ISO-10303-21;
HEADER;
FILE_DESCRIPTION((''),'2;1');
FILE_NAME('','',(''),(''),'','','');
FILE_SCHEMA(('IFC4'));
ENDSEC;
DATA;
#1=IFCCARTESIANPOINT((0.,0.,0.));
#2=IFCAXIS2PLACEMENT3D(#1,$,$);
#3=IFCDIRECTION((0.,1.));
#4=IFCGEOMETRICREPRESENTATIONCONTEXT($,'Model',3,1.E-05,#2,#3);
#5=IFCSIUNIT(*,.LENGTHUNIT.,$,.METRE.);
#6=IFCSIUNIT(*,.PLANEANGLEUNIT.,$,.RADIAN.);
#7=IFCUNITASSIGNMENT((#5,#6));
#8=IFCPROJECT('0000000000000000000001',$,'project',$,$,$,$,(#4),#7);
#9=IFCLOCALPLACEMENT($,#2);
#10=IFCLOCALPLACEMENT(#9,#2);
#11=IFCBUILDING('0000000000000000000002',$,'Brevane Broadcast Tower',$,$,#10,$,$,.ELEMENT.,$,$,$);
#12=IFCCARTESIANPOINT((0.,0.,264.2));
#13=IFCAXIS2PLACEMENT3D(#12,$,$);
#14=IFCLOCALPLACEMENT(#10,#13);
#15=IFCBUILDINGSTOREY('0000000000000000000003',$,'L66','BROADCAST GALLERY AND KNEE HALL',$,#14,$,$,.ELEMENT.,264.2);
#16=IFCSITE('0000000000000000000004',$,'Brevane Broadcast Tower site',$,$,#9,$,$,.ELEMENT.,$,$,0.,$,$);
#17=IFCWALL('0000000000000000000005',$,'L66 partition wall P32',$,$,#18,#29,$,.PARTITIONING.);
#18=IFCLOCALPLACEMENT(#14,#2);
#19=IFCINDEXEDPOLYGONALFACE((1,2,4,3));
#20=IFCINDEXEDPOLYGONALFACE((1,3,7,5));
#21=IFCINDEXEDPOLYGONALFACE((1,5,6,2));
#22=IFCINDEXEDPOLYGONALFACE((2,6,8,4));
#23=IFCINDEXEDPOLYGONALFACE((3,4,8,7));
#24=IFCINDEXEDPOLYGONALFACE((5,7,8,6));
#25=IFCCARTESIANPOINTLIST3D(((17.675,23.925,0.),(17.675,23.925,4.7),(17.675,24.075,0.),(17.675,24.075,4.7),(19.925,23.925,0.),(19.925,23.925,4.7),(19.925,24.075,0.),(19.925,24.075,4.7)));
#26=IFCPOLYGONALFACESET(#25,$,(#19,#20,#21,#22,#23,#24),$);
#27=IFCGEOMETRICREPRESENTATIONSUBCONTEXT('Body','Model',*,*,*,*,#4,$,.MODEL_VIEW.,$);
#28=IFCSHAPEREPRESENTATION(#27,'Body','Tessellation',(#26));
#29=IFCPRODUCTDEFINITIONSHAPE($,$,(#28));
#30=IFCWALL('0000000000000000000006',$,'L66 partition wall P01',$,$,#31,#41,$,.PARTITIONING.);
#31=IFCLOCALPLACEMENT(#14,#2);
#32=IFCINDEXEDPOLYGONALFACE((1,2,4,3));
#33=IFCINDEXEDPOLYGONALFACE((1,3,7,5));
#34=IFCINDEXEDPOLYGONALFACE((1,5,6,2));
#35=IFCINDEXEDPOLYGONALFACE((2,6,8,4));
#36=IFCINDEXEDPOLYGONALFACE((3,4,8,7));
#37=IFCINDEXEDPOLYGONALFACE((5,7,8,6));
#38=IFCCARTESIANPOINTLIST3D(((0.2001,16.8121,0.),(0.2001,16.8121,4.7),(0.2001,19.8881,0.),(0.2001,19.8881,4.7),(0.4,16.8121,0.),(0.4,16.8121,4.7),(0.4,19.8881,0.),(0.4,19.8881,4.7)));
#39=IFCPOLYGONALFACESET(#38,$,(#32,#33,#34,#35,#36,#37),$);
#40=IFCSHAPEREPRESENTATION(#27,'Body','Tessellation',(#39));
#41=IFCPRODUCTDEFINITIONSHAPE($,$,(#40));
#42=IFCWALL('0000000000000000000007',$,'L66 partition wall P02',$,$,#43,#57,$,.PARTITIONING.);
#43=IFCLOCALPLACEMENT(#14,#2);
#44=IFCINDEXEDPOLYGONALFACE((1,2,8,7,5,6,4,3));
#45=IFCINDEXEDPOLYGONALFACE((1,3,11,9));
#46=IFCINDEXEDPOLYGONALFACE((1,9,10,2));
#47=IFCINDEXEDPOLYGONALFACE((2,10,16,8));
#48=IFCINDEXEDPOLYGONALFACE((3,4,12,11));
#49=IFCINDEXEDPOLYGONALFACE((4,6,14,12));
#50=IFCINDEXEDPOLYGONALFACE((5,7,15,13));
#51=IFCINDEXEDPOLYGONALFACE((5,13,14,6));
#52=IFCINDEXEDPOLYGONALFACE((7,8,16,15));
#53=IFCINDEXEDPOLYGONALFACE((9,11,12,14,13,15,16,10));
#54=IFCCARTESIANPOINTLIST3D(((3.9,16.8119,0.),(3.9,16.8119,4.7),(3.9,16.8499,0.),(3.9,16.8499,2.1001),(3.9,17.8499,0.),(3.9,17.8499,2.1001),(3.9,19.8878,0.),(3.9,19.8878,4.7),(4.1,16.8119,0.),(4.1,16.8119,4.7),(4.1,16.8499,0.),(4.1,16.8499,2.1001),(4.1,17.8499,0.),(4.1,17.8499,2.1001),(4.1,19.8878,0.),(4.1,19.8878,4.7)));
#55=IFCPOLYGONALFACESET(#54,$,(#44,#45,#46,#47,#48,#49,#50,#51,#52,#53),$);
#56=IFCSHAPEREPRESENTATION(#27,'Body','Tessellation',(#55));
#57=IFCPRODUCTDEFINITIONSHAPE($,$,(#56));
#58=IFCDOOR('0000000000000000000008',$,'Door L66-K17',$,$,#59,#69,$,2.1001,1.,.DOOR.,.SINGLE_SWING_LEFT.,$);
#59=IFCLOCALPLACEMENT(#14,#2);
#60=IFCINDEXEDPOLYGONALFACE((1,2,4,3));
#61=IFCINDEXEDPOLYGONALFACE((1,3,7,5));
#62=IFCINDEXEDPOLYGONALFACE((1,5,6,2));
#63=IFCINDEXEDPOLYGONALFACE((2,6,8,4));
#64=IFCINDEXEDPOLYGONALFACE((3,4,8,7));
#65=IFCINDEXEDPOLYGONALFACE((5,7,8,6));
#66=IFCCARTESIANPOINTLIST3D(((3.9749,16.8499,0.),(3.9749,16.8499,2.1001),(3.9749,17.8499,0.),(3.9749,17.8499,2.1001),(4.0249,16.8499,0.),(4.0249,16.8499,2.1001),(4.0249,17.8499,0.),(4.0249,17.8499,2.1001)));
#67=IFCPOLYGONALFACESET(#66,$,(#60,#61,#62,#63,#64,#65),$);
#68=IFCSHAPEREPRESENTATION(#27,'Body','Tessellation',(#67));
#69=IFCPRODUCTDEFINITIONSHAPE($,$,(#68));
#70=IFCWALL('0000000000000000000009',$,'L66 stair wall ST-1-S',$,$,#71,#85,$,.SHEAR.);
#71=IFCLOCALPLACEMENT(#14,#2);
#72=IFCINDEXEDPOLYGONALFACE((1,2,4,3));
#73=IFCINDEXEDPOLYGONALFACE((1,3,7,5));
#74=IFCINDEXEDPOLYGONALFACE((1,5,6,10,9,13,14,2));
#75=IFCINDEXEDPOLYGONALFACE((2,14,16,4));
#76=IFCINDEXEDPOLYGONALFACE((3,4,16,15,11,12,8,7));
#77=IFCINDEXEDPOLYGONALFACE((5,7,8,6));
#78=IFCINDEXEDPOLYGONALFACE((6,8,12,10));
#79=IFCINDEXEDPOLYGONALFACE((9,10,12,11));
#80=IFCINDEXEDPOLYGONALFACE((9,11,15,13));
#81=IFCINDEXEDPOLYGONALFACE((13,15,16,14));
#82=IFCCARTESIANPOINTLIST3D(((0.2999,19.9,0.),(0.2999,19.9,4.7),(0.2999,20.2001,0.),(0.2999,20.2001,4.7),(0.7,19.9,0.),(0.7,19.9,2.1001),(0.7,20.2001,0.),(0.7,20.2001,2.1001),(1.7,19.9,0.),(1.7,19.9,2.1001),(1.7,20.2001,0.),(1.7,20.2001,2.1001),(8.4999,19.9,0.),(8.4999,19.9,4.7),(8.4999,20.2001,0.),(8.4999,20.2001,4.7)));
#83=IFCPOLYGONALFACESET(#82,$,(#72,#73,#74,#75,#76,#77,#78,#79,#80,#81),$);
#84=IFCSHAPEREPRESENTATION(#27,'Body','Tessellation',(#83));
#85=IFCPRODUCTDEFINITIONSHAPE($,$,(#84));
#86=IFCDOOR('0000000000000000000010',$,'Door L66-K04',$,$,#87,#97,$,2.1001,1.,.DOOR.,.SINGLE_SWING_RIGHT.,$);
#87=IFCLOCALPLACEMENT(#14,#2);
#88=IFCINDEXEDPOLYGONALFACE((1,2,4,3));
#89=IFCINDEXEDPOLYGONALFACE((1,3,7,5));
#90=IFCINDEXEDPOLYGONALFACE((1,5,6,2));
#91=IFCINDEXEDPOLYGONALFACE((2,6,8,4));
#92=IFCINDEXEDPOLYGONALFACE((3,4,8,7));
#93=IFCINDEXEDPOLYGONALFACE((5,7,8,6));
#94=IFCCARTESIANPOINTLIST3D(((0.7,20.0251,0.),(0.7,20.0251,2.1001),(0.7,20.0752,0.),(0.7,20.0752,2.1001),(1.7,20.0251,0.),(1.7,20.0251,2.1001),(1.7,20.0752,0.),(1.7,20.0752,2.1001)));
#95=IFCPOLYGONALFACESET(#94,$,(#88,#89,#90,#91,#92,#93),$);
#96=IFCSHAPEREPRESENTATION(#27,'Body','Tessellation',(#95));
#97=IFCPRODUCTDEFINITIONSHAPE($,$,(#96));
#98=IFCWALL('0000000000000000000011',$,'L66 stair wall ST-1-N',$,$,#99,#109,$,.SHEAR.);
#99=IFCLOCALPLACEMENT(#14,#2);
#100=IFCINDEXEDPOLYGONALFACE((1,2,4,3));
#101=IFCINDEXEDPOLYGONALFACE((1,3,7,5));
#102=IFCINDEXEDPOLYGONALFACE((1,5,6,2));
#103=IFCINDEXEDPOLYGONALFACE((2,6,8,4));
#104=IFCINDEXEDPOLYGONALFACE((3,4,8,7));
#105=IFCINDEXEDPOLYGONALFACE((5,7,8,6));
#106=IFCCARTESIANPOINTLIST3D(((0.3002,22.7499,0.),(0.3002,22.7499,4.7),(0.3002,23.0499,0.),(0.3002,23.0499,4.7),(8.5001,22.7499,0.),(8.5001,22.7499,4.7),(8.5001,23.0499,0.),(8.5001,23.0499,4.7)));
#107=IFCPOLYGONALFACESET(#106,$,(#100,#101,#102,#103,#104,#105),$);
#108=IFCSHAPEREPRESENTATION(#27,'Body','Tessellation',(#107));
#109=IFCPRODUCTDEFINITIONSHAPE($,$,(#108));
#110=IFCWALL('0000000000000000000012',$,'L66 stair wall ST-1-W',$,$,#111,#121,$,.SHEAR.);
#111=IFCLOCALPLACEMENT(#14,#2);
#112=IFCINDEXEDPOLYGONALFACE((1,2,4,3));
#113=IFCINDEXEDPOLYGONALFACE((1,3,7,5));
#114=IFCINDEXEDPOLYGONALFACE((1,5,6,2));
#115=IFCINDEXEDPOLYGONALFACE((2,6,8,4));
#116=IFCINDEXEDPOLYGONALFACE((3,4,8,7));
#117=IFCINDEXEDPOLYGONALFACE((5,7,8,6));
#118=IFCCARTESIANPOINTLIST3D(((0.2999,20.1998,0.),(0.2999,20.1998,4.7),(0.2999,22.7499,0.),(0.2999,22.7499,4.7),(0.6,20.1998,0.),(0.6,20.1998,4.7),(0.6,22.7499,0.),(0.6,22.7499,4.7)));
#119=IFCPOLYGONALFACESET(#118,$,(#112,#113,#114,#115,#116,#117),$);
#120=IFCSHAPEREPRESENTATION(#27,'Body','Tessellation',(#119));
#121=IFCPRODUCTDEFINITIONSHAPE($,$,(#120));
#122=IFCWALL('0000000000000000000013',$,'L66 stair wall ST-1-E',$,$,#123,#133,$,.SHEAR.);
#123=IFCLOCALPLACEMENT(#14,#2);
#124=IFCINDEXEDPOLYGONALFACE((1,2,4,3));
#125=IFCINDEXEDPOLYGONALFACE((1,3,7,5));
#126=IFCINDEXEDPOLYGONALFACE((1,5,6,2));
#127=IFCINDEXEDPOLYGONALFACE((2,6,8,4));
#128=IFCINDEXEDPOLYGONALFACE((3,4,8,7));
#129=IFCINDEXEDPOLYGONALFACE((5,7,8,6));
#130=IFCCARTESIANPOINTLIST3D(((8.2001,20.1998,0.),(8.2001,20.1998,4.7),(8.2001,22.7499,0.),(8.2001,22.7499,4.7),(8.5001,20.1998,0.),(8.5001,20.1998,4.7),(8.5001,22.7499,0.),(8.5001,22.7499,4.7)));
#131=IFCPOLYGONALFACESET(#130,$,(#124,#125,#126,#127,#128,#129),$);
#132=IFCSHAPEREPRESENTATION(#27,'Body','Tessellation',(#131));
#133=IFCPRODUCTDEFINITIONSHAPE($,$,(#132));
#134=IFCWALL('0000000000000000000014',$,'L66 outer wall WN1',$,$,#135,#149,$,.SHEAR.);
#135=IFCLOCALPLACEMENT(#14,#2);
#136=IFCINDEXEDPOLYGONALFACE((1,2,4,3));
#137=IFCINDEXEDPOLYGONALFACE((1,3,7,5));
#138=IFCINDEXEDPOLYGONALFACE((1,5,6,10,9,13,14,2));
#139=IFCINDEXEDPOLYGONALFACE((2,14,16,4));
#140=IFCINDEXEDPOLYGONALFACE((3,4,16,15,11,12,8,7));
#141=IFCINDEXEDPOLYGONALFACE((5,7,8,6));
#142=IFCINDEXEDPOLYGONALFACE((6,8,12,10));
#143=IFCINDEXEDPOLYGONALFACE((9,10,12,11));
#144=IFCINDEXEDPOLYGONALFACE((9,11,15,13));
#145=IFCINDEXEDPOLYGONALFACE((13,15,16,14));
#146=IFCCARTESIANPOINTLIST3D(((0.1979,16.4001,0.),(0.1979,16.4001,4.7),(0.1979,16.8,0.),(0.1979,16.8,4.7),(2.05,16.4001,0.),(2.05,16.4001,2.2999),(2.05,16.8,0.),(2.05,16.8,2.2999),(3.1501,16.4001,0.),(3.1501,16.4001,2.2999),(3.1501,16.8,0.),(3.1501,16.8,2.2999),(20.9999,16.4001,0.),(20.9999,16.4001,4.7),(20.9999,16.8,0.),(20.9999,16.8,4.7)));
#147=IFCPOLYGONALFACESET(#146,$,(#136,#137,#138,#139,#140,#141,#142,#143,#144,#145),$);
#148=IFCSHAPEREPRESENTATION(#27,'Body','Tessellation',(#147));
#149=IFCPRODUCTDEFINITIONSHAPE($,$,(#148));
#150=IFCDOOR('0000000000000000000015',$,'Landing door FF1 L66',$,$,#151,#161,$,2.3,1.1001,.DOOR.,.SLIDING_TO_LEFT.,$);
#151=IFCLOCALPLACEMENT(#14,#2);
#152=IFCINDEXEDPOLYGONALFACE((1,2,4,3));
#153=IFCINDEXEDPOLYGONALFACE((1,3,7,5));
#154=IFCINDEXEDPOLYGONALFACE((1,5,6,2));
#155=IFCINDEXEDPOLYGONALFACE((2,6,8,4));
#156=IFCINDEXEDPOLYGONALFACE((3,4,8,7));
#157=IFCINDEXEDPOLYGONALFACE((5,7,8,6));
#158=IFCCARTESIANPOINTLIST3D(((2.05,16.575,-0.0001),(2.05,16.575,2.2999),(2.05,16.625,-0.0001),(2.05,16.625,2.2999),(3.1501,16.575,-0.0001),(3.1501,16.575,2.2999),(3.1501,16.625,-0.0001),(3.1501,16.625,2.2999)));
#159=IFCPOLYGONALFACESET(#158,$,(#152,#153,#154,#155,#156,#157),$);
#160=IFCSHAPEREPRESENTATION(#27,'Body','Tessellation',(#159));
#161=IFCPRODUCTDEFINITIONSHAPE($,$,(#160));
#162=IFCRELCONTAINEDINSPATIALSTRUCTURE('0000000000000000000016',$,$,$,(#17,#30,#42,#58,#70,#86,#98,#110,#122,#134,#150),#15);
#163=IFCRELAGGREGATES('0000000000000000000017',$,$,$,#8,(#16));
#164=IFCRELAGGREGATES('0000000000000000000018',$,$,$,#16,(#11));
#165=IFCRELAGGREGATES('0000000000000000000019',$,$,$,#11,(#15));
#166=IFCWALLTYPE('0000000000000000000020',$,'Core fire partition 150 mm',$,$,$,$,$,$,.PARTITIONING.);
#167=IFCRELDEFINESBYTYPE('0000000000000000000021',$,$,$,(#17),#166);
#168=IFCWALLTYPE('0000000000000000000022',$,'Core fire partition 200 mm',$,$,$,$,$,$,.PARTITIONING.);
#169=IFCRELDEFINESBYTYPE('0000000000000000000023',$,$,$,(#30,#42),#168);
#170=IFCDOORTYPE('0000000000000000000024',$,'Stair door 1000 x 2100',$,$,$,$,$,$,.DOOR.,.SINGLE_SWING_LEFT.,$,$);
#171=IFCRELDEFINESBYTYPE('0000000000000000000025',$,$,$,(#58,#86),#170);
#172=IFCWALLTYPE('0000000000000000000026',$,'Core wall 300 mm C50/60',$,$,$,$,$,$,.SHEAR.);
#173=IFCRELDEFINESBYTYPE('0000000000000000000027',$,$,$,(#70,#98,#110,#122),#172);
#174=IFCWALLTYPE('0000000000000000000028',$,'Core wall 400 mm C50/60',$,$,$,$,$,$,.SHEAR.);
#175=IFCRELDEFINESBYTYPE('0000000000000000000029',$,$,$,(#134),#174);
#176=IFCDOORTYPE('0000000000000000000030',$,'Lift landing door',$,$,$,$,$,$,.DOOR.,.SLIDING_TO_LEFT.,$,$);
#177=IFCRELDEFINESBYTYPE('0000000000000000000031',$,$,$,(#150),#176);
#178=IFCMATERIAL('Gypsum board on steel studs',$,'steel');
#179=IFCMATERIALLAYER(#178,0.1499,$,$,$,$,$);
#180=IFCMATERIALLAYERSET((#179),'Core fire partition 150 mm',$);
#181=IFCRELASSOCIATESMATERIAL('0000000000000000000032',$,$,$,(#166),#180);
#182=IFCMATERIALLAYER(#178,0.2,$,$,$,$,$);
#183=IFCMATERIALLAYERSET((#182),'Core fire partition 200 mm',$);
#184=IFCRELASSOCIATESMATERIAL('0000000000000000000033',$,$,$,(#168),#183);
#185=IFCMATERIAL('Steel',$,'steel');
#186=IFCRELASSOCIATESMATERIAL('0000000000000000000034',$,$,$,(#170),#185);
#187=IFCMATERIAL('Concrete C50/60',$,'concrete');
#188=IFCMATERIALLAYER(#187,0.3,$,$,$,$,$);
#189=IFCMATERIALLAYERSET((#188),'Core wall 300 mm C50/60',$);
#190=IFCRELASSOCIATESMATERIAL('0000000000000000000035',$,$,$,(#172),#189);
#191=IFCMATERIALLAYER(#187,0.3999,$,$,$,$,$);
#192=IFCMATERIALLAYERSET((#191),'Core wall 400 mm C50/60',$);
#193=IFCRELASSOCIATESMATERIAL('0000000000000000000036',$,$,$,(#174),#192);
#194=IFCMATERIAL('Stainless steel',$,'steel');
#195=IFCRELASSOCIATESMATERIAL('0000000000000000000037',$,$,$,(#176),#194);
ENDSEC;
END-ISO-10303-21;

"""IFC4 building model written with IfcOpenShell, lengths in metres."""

from ifc_helpers import new_model, si_unit, direction, frame, frame_2d, origin, place, context, subcontext, project, spatial, rectangle, extrude, material, layer, layer_set, type_object, element, fill, save


model = new_model("IFC4")

# Units and contexts
model_context = context("Model", 3, precision=1e-05, world=origin(), true_north=direction((0.0, 1.0)))
body_context = subcontext(model_context, "Body", "Model", "MODEL_VIEW")
ifc_project = project(units=[si_unit("LENGTHUNIT", "METRE"), si_unit("PLANEANGLEUNIT", "RADIAN")], contexts=[model_context])

# Site, building, storey
site_placement = place(None, origin())
site = spatial("IfcSite", under=ifc_project, at=site_placement, Name="Brevane Broadcast Tower site", CompositionType="ELEMENT", RefElevation=0.0)
building_placement = place(site_placement, origin())
building = spatial("IfcBuilding", under=site, at=building_placement, Name="Brevane Broadcast Tower", CompositionType="ELEMENT")
storey_placement = place(building_placement, frame((0.0, 0.0, 264.2)))
storey = spatial("IfcBuildingStorey", under=building, at=storey_placement, Name="L66", Description="BROADCAST GALLERY AND KNEE HALL", CompositionType="ELEMENT", Elevation=264.2)

# Walls
ifc_material_1 = material(Name="Gypsum board on steel studs", Category="steel")
ifc_layer_1 = layer(ifc_material_1, 0.1499)
ifc_layer_set_1 = layer_set([ifc_layer_1], Name="Core fire partition 150 mm")
wall_type_1 = type_object("IfcWallType", Name="Core fire partition 150 mm", PredefinedType="PARTITIONING", material=ifc_layer_set_1)
wall_1_placement = place(storey_placement, frame((17.675, 24.0, 0.0), z_axis=(0.0, 0.0, 1.0), x_axis=(1.0, 0.0, 0.0)))
element("IfcWall", 1, at=wall_1_placement, inside=storey, type_object=wall_type_1, Name="L66 partition wall P32", PredefinedType="PARTITIONING", context=body_context, shape_type="SweptSolid", body=[
    extrude(rectangle(XDim=2.25, YDim=0.1499, at=frame_2d((1.125, 0.0))), origin(), (0.0, 0.0, 1.0), 4.7),
])
ifc_layer_2 = layer(ifc_material_1, 0.2)
ifc_layer_set_2 = layer_set([ifc_layer_2], Name="Core fire partition 200 mm")
wall_type_2 = type_object("IfcWallType", Name="Core fire partition 200 mm", PredefinedType="PARTITIONING", material=ifc_layer_set_2)
wall_2_placement = place(storey_placement, frame((0.3, 16.812, 0.0), z_axis=(0.0, 0.0, 1.0), x_axis=(0.0, 1.0, 0.0)))
element("IfcWall", 2, at=wall_2_placement, inside=storey, type_object=wall_type_2, Name="L66 partition wall P01", PredefinedType="PARTITIONING", context=body_context, shape_type="SweptSolid", body=[
    extrude(rectangle(XDim=3.0759, YDim=0.2, at=frame_2d((1.5381, 0.0))), origin(), (0.0, 0.0, 1.0), 4.7),
])

# Walls, openings, doors
wall_3_placement = place(storey_placement, frame((4.0, 19.8879, 0.0), z_axis=(0.0, 0.0, 1.0), x_axis=(0.0, -1.0, 0.0)))
wall_3 = element("IfcWall", 3, at=wall_3_placement, inside=storey, type_object=wall_type_2, Name="L66 partition wall P02", PredefinedType="PARTITIONING", context=body_context, shape_type="SweptSolid", body=[
    extrude(rectangle(XDim=3.0759, YDim=0.2, at=frame_2d((1.5381, 0.0))), origin(), (0.0, 0.0, 1.0), 4.7),
])
opening_1_placement = place(wall_3_placement, frame((2.0381, 0.0, 0.0)))
opening_1 = element("IfcOpeningElement", 4, at=opening_1_placement, cuts=wall_3, PredefinedType="OPENING", context=body_context, shape_type="SweptSolid", body=[
    extrude(rectangle(XDim=1.0, YDim=2.1001, at=frame_2d((0.5, 1.05))), frame((0.0, 0.1099, 0.0), z_axis=(0.0, -1.0, 0.0), x_axis=(1.0, 0.0, 0.0)), (0.0, 0.0, 1.0), 0.22),
])
ifc_material_2 = material(Name="Steel", Category="steel")
door_type_1 = type_object("IfcDoorType", Name="Stair door 1000 x 2100", OperationType="SINGLE_SWING_LEFT", PredefinedType="DOOR", material=ifc_material_2)
door_1_placement = place(opening_1_placement, origin())
door_1 = element("IfcDoor", 5, at=door_1_placement, inside=storey, type_object=door_type_1, Name="Door L66-K17", OperationType="SINGLE_SWING_LEFT", OverallHeight=2.1001, OverallWidth=1.0, PredefinedType="DOOR", context=body_context, shape_type="SweptSolid", body=[
    extrude(rectangle(XDim=1.0, YDim=2.1001, at=frame_2d((0.5, 1.05))), frame((0.0, 0.0249, 0.0), z_axis=(0.0, -1.0, 0.0), x_axis=(1.0, 0.0, 0.0)), (0.0, 0.0, 1.0), 0.05),
])
fill(opening_1, door_1)
ifc_material_3 = material(Name="Concrete C50/60", Category="concrete")
ifc_layer_3 = layer(ifc_material_3, 0.3)
ifc_layer_set_3 = layer_set([ifc_layer_3], Name="Core wall 300 mm C50/60")
wall_type_3 = type_object("IfcWallType", Name="Core wall 300 mm C50/60", PredefinedType="SHEAR", material=ifc_layer_set_3)
wall_4_placement = place(storey_placement, frame((8.5, 20.05, 0.0), z_axis=(0.0, 0.0, 1.0), x_axis=(-1.0, 0.0, 0.0)))
wall_4 = element("IfcWall", 6, at=wall_4_placement, inside=storey, type_object=wall_type_3, Name="L66 stair wall ST-1-S", PredefinedType="SHEAR", context=body_context, shape_type="SweptSolid", body=[
    extrude(rectangle(XDim=8.2, YDim=0.3, at=frame_2d((4.1001, 0.0))), origin(), (0.0, 0.0, 1.0), 4.7),
])
opening_2_placement = place(wall_4_placement, frame((6.8, 0.0, 0.0)))
opening_2 = element("IfcOpeningElement", 7, at=opening_2_placement, cuts=wall_4, PredefinedType="OPENING", context=body_context, shape_type="SweptSolid", body=[
    extrude(rectangle(XDim=1.0, YDim=2.1001, at=frame_2d((0.5, 1.05))), frame((0.0, 0.1599, 0.0), z_axis=(0.0, -1.0, 0.0), x_axis=(1.0, 0.0, 0.0)), (0.0, 0.0, 1.0), 0.3201),
])
door_2_placement = place(opening_2_placement, origin())
door_2 = element("IfcDoor", 8, at=door_2_placement, inside=storey, type_object=door_type_1, Name="Door L66-K04", OperationType="SINGLE_SWING_RIGHT", OverallHeight=2.1001, OverallWidth=1.0, PredefinedType="DOOR", context=body_context, shape_type="SweptSolid", body=[
    extrude(rectangle(XDim=1.0, YDim=2.1001, at=frame_2d((0.5, 1.05))), frame((0.0, 0.0249, 0.0), z_axis=(0.0, -1.0, 0.0), x_axis=(1.0, 0.0, 0.0)), (0.0, 0.0, 1.0), 0.05),
])
fill(opening_2, door_2)

# Walls
wall_5_placement = place(storey_placement, frame((0.3, 22.8999, 0.0), z_axis=(0.0, 0.0, 1.0), x_axis=(1.0, 0.0, 0.0)))
element("IfcWall", 9, at=wall_5_placement, inside=storey, type_object=wall_type_3, Name="L66 stair wall ST-1-N", PredefinedType="SHEAR", context=body_context, shape_type="SweptSolid", body=[
    extrude(rectangle(XDim=8.2, YDim=0.3, at=frame_2d((4.1001, 0.0))), origin(), (0.0, 0.0, 1.0), 4.7),
])
for number, where, z_axis, x_axis, name in (
    (10, (0.45, 20.2, 0.0), (0.0, 0.0, 1.0), (0.0, 1.0, 0.0), "L66 stair wall ST-1-W"),
    (11, (8.3501, 20.2, 0.0), (0.0, 0.0, 1.0), (0.0, 1.0, 0.0), "L66 stair wall ST-1-E"),
):
    element("IfcWall", number, at=place(storey_placement, frame(where, z_axis=z_axis, x_axis=x_axis)), inside=storey, type_object=wall_type_3, Name=name, PredefinedType="SHEAR", context=body_context, shape_type="SweptSolid", body=[
        extrude(rectangle(XDim=2.55, YDim=0.3, at=frame_2d((1.2749, 0.0))), origin(), (0.0, 0.0, 1.0), 4.7),
    ])

# Wall, opening, door
ifc_layer_4 = layer(ifc_material_3, 0.3999)
ifc_layer_set_4 = layer_set([ifc_layer_4], Name="Core wall 400 mm C50/60")
wall_type_4 = type_object("IfcWallType", Name="Core wall 400 mm C50/60", PredefinedType="SHEAR", material=ifc_layer_set_4)
wall_6_placement = place(storey_placement, frame((0.198, 16.6001, 0.0), z_axis=(0.0, 0.0, 1.0), x_axis=(1.0, 0.0, 0.0)))
wall_6 = element("IfcWall", 12, at=wall_6_placement, inside=storey, type_object=wall_type_4, Name="L66 outer wall WN1", PredefinedType="SHEAR", context=body_context, shape_type="SweptSolid", body=[
    extrude(rectangle(XDim=20.802, YDim=0.3999, at=frame_2d((10.4009, 0.0))), origin(), (0.0, 0.0, 1.0), 4.7),
])
opening_3_placement = place(wall_6_placement, frame((1.8521, 0.0, 0.0)))
opening_3 = element("IfcOpeningElement", 13, at=opening_3_placement, cuts=wall_6, PredefinedType="OPENING", context=body_context, shape_type="SweptSolid", body=[
    extrude(rectangle(XDim=1.1001, YDim=2.3, at=frame_2d((0.55, 1.1499))), frame((0.0, 0.21, 0.0), z_axis=(0.0, -1.0, 0.0), x_axis=(1.0, 0.0, 0.0)), (0.0, 0.0, 1.0), 0.4199),
])
ifc_material_4 = material(Name="Stainless steel", Category="steel")
door_type_2 = type_object("IfcDoorType", Name="Lift landing door", OperationType="SLIDING_TO_LEFT", PredefinedType="DOOR", material=ifc_material_4)
door_3_placement = place(opening_3_placement, origin())
door_3 = element("IfcDoor", 14, at=door_3_placement, inside=storey, type_object=door_type_2, Name="Landing door FF1 L66", OperationType="SLIDING_TO_LEFT", OverallHeight=2.3, OverallWidth=1.1001, PredefinedType="DOOR", context=body_context, shape_type="SweptSolid", body=[
    extrude(rectangle(XDim=1.1001, YDim=2.3, at=frame_2d((0.55, 1.1499))), frame((0.0, 0.0249, 0.0), z_axis=(0.0, -1.0, 0.0), x_axis=(1.0, 0.0, 0.0)), (0.0, 0.0, 1.0), 0.05),
])
fill(opening_3, door_3)

save(model, "model.ifc")
